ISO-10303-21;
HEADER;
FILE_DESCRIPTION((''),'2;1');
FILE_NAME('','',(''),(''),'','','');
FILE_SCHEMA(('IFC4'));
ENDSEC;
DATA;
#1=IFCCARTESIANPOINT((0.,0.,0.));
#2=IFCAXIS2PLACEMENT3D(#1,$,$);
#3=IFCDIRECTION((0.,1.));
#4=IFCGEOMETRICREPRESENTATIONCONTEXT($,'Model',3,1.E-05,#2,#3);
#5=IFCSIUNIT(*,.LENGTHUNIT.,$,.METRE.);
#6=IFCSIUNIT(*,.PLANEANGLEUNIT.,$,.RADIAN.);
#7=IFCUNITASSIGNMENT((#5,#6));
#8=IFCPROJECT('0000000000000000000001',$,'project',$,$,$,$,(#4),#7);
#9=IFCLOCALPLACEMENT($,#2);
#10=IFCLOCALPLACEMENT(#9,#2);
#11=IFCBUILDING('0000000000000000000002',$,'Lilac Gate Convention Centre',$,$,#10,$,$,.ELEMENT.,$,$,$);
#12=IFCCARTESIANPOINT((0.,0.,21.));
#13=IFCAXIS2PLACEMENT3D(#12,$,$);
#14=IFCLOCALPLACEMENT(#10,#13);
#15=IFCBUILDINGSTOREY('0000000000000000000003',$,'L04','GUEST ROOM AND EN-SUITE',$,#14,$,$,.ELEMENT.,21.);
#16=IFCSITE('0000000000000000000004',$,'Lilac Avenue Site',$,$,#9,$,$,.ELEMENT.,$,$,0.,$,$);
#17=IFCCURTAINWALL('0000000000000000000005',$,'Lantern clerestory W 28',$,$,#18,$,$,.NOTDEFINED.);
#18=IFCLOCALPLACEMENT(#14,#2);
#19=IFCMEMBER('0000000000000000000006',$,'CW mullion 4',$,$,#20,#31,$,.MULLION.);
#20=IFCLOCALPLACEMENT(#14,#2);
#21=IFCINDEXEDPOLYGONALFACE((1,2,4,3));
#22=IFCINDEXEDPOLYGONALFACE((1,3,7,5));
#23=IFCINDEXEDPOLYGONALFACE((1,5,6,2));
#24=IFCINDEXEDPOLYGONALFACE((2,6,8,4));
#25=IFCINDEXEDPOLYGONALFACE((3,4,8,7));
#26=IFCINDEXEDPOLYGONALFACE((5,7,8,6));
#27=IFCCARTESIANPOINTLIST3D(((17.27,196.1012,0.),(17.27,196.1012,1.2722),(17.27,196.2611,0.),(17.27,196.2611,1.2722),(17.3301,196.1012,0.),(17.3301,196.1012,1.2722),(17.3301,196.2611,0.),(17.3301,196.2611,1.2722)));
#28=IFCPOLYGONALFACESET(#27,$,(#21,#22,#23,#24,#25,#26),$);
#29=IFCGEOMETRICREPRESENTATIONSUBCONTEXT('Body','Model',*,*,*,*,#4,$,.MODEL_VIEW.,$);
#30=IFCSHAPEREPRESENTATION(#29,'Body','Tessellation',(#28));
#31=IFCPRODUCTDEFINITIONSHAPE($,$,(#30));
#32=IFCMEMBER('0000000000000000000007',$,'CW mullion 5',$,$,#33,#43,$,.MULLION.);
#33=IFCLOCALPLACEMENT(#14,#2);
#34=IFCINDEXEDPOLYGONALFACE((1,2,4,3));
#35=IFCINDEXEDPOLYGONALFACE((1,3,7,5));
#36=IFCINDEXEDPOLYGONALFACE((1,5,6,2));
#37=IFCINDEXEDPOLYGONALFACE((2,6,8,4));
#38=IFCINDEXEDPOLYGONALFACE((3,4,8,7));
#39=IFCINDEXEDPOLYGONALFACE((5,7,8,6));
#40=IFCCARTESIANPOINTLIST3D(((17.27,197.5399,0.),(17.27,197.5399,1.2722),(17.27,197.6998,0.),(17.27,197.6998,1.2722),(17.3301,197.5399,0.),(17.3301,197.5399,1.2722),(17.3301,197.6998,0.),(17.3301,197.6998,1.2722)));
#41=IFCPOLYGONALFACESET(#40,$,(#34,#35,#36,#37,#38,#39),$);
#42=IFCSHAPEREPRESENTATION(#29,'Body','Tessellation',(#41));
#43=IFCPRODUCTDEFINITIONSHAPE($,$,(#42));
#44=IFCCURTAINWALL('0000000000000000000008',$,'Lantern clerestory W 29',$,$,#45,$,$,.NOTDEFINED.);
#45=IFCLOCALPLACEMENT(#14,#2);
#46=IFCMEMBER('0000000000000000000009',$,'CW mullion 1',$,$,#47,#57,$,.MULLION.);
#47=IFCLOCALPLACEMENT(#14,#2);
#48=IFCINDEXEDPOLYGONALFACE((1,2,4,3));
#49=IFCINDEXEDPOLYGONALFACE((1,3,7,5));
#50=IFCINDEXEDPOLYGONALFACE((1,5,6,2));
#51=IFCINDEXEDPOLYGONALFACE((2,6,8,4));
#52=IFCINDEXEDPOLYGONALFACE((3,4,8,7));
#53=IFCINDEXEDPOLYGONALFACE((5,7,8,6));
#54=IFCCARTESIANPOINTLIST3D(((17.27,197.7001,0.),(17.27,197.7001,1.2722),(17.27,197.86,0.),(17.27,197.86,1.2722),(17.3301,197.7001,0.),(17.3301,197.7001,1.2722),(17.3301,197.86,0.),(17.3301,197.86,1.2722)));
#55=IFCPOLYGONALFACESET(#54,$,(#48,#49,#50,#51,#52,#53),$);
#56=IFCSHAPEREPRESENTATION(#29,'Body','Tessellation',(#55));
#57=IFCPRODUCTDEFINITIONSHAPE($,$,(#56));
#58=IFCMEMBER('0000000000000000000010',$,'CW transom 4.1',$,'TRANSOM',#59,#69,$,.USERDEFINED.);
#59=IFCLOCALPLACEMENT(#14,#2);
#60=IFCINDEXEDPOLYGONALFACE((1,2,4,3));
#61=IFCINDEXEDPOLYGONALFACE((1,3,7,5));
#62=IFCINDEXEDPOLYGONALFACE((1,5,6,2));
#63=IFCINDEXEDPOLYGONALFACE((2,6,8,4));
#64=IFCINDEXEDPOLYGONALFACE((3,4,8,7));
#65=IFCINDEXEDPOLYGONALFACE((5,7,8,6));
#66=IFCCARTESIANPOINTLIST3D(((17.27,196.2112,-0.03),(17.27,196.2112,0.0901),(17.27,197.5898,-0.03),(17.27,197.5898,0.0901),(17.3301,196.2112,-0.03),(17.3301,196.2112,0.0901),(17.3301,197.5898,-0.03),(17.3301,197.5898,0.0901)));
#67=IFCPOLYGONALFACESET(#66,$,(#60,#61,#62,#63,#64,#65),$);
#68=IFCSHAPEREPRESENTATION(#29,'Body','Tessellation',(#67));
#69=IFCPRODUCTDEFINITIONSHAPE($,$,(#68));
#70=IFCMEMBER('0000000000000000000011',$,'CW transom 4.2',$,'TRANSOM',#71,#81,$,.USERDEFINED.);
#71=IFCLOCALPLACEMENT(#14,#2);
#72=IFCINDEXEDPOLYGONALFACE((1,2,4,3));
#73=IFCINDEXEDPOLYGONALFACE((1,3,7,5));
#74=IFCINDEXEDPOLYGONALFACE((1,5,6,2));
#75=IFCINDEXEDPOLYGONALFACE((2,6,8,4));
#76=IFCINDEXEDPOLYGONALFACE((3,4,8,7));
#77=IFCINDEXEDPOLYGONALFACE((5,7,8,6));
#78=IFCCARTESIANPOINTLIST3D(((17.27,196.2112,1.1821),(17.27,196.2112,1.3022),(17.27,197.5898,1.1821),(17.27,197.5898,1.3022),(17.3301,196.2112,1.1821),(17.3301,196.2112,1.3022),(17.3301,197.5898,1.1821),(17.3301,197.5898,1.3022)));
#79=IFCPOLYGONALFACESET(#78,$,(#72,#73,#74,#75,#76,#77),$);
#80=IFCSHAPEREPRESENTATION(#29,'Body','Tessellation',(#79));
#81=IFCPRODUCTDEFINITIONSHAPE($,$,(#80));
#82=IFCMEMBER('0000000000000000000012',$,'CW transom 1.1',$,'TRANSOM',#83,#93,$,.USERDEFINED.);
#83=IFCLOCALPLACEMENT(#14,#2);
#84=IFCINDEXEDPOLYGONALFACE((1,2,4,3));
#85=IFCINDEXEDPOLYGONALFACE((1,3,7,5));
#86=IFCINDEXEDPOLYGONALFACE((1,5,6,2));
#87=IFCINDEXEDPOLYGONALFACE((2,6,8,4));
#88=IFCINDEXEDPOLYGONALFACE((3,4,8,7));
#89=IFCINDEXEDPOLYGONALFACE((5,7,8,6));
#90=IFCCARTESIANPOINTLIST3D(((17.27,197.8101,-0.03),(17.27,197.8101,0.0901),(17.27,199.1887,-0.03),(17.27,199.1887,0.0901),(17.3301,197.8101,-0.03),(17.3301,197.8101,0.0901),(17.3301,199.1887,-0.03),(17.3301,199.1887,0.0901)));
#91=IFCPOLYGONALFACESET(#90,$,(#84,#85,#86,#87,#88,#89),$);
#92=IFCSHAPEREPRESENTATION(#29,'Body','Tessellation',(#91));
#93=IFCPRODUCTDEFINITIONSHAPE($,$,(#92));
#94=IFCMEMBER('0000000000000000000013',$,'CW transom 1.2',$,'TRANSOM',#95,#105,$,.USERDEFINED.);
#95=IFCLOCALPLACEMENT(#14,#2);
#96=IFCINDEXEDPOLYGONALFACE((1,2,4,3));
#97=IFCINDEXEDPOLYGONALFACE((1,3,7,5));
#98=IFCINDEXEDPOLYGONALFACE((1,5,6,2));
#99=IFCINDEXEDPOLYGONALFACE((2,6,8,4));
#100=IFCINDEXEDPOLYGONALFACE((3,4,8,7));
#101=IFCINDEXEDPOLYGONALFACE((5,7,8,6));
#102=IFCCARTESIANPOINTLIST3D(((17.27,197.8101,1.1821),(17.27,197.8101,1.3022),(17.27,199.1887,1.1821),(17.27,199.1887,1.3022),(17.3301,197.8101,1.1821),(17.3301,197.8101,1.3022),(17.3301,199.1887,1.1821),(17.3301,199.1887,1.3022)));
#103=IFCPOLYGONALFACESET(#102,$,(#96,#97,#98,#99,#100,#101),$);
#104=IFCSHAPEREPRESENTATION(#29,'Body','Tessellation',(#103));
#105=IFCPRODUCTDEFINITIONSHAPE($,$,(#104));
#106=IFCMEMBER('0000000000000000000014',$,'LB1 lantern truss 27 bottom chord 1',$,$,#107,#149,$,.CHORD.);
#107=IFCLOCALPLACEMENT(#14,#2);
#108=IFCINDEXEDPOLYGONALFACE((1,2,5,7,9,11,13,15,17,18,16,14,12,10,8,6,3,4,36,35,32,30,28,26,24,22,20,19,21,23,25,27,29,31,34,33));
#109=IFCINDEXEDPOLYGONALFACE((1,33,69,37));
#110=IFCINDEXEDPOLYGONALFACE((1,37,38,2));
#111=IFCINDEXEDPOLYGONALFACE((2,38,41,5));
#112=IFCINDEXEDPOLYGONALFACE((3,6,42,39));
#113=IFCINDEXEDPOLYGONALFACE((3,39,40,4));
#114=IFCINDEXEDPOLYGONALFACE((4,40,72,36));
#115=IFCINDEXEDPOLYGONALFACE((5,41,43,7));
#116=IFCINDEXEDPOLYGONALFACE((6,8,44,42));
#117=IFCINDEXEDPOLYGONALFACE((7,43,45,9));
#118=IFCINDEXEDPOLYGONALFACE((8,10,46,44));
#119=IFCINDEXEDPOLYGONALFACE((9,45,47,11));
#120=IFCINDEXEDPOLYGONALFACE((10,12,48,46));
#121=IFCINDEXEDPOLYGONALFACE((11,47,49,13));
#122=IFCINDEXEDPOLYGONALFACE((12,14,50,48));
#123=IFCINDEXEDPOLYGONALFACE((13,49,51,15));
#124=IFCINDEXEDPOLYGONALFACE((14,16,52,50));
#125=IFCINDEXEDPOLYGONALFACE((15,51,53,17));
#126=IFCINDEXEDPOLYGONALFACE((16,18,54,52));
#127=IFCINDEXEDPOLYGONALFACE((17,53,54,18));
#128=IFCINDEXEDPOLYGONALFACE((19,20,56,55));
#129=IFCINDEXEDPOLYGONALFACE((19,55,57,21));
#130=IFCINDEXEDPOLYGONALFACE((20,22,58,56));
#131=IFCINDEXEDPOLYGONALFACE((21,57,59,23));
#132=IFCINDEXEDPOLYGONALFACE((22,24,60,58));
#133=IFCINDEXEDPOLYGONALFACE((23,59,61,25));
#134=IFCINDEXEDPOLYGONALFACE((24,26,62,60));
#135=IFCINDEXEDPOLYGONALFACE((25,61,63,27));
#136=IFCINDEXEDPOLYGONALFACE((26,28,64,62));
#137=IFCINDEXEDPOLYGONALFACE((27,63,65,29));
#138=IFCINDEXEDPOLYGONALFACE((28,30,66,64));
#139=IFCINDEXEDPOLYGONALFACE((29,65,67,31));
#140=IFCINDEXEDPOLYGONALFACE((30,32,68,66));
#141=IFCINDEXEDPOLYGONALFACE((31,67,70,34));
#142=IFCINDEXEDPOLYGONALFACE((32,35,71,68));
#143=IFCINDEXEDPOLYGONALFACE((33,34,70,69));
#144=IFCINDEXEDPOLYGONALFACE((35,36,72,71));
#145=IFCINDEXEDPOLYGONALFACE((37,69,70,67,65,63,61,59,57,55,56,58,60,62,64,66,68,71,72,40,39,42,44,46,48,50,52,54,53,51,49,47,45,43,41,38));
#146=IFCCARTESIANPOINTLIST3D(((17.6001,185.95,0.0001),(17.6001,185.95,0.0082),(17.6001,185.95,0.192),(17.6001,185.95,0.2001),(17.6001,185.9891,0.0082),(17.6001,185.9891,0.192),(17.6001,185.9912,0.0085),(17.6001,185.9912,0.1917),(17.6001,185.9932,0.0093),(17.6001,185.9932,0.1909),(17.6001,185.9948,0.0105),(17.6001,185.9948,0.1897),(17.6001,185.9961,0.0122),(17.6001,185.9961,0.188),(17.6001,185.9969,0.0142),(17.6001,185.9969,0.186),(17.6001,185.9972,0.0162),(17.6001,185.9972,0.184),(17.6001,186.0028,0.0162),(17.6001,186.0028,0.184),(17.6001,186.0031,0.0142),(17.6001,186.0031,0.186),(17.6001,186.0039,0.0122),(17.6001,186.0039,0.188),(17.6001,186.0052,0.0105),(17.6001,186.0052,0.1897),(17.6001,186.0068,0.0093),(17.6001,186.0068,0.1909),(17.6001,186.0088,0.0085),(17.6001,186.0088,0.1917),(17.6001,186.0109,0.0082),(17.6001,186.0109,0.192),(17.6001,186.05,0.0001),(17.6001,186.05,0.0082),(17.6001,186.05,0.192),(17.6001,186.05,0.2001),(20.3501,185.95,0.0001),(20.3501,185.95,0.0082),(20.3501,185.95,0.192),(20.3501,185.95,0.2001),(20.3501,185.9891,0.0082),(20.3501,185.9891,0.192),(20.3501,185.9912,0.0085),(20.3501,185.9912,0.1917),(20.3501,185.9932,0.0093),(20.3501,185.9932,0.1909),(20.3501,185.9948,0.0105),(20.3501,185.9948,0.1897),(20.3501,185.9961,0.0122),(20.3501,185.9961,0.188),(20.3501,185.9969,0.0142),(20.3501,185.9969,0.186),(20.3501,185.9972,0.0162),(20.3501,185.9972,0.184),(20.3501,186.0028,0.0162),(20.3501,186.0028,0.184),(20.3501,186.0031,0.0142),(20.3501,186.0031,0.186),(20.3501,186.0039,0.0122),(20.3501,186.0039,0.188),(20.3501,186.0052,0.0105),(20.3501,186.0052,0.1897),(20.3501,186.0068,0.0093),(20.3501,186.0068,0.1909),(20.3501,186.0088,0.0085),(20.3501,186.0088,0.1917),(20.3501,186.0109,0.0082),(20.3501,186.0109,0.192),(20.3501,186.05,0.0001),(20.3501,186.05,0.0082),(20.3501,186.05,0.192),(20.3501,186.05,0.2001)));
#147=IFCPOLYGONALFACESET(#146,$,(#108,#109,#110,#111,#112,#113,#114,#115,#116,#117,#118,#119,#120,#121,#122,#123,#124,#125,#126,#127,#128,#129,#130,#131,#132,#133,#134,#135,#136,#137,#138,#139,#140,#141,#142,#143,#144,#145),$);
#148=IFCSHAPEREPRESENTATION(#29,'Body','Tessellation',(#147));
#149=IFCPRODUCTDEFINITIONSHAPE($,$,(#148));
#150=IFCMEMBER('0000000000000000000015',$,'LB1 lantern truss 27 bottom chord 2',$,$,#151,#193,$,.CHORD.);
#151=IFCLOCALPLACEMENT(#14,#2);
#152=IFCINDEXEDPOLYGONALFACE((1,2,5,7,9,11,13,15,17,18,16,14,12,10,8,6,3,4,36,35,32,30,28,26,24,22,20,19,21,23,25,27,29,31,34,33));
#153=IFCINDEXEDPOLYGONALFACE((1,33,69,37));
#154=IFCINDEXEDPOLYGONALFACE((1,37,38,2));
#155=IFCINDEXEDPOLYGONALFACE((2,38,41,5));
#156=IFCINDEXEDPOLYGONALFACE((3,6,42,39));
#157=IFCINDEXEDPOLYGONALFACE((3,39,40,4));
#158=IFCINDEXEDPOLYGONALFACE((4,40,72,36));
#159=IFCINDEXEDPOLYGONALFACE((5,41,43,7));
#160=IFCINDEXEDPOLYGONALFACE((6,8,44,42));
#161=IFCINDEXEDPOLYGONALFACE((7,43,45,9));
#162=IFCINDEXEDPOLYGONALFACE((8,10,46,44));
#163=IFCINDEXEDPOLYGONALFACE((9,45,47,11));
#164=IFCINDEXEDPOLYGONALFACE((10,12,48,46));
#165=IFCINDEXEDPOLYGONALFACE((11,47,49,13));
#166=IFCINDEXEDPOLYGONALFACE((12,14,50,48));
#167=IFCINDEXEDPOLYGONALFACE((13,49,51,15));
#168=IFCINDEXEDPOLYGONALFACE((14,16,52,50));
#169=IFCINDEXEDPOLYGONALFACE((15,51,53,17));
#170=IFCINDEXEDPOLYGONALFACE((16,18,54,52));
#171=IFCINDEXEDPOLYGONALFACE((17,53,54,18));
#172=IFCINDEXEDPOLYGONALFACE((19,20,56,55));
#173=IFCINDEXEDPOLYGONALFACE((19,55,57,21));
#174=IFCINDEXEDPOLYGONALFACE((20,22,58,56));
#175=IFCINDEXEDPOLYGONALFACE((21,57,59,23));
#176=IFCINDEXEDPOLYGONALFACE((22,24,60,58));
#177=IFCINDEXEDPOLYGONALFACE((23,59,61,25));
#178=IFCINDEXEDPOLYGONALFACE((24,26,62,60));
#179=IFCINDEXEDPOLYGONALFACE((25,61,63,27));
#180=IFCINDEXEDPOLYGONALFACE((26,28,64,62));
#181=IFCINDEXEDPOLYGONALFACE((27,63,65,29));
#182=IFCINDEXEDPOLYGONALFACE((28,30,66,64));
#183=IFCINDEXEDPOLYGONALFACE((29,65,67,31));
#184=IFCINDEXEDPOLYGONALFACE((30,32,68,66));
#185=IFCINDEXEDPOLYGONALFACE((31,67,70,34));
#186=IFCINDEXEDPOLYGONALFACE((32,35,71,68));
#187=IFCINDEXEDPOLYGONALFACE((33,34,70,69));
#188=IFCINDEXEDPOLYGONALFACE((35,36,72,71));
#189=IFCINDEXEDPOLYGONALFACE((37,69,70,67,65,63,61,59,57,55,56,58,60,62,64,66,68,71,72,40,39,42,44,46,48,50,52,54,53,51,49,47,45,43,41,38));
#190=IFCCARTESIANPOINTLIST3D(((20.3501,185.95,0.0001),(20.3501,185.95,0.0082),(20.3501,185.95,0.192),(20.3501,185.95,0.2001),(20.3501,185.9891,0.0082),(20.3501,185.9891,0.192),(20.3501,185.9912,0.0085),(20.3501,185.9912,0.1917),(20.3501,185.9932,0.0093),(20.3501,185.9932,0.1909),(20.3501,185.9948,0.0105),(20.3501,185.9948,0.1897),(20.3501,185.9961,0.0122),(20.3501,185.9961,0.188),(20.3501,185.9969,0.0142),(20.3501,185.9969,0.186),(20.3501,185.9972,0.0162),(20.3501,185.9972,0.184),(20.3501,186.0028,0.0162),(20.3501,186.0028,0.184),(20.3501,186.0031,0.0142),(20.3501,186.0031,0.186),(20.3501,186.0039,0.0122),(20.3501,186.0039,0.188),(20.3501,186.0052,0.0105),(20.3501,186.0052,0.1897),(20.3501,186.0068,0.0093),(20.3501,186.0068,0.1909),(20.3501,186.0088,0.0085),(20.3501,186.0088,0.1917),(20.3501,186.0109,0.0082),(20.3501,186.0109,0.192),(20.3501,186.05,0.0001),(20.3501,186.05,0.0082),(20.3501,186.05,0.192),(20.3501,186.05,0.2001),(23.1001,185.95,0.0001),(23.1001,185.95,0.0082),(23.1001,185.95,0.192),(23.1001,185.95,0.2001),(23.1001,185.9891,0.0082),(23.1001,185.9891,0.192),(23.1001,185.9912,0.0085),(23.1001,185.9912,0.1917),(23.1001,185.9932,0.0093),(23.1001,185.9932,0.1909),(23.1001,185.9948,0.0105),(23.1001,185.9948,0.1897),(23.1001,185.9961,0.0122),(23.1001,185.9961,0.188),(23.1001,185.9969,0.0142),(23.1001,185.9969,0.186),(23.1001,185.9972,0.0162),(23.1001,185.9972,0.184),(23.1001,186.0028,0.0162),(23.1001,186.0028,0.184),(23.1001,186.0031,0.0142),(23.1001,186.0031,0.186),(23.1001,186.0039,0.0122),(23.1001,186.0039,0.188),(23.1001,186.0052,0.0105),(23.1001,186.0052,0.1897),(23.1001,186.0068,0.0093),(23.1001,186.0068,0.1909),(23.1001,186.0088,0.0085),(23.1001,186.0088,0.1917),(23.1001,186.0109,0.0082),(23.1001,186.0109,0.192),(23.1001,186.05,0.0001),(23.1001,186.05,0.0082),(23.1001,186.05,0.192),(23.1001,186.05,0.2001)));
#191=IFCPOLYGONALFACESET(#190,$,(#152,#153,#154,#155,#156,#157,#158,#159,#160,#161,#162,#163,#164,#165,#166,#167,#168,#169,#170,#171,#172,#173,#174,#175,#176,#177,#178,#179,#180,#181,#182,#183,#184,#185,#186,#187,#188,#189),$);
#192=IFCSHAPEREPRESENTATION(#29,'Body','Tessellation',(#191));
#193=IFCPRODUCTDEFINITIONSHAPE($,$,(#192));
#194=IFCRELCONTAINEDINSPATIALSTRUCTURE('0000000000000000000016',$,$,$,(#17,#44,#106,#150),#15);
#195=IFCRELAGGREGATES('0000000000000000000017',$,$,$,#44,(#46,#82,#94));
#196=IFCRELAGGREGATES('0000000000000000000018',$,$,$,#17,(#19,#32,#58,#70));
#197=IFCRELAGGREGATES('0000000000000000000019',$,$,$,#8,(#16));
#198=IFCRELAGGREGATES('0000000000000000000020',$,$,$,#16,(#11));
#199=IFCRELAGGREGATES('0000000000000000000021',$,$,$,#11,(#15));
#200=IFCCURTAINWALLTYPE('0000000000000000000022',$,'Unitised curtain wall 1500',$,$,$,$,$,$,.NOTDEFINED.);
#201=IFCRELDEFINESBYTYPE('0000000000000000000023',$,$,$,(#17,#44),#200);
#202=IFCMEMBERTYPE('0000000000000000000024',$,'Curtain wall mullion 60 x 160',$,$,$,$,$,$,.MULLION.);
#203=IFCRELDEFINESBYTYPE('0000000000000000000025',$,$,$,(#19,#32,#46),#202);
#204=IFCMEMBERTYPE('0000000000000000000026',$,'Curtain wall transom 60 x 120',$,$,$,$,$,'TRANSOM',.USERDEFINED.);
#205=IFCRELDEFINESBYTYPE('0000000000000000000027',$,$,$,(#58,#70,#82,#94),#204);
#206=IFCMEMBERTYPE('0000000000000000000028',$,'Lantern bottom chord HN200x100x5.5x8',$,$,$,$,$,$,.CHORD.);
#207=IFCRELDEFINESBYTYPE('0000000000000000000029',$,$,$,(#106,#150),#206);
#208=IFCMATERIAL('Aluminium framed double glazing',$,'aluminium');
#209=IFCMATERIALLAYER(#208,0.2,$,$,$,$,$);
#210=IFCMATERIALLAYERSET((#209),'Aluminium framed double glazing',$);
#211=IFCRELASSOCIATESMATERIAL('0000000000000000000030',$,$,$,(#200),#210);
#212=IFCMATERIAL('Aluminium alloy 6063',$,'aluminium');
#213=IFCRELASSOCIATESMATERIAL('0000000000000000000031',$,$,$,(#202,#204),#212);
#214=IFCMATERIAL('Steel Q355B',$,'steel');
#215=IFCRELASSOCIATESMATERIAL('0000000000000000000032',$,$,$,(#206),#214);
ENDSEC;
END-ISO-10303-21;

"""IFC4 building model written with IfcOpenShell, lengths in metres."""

from ifc_helpers import new_model, si_unit, direction, frame, origin, origin_2d, place, context, subcontext, project, spatial, rectangle, i_section, extrude, material, layer, layer_set, material_profile, profile_set, type_object, element, aggregate, save


model = new_model("IFC4")

# Units and contexts
model_context = context("Model", 3, precision=1e-05, world=origin(), true_north=direction((0.0, 1.0)))
body_context = subcontext(model_context, "Body", "Model", "MODEL_VIEW")
ifc_project = project(units=[si_unit("LENGTHUNIT", "METRE"), si_unit("PLANEANGLEUNIT", "RADIAN")], contexts=[model_context])

# Site, building, storey
site_placement = place(None, origin())
site = spatial("IfcSite", under=ifc_project, at=site_placement, Name="Lilac Avenue Site", CompositionType="ELEMENT", RefElevation=0.0)
building_placement = place(site_placement, origin())
building = spatial("IfcBuilding", under=site, at=building_placement, Name="Lilac Gate Convention Centre", CompositionType="ELEMENT")
storey_placement = place(building_placement, frame((0.0, 0.0, 21.0)))
storey = spatial("IfcBuildingStorey", under=building, at=storey_placement, Name="L04", Description="GUEST ROOM AND EN-SUITE", CompositionType="ELEMENT", Elevation=21.0)

# Curtain wall, members
ifc_material_1 = material(Name="Aluminium framed double glazing", Category="aluminium")
ifc_layer_1 = layer(ifc_material_1, 0.2)
ifc_layer_set_1 = layer_set([ifc_layer_1], Name="Aluminium framed double glazing")
curtain_wall_type = type_object("IfcCurtainWallType", Name="Unitised curtain wall 1500", PredefinedType="NOTDEFINED", material=ifc_layer_set_1)
curtain_wall_1_placement = place(storey_placement, origin())
curtain_wall_1 = element("IfcCurtainWall", 1, at=curtain_wall_1_placement, inside=storey, type_object=curtain_wall_type, Name="Lantern clerestory W 28", PredefinedType="NOTDEFINED")
ifc_material_2 = material(Name="Aluminium alloy 6063", Category="aluminium")
ifc_material_profile_1 = material_profile(ifc_material_2, rectangle(XDim=0.0601, YDim=0.1599, at=origin_2d()), Name="Curtain wall mullion 60 x 160")
ifc_profile_set_1 = profile_set([ifc_material_profile_1], Name="Aluminium alloy 6063")
member_type_1 = type_object("IfcMemberType", Name="Curtain wall mullion 60 x 160", PredefinedType="MULLION", material=ifc_profile_set_1)
member_1_placement = place(storey_placement, frame((17.3, 196.1812, 0.0), z_axis=(0.0, 0.0, 1.0), x_axis=(-1.0, 0.0, 0.0)))
member_1 = element("IfcMember", 2, at=member_1_placement, type_object=member_type_1, Name="CW mullion 4", PredefinedType="MULLION", context=body_context, shape_type="SweptSolid", body=[
    extrude(rectangle(XDim=0.0601, YDim=0.1599, at=origin_2d()), origin(), (0.0, 0.0, 1.0), 1.2722),
])
member_2_placement = place(storey_placement, frame((17.3, 197.6199, 0.0), z_axis=(0.0, 0.0, 1.0), x_axis=(-1.0, 0.0, 0.0)))
member_2 = element("IfcMember", 3, at=member_2_placement, type_object=member_type_1, Name="CW mullion 5", PredefinedType="MULLION", context=body_context, shape_type="SweptSolid", body=[
    extrude(rectangle(XDim=0.0601, YDim=0.1599, at=origin_2d()), origin(), (0.0, 0.0, 1.0), 1.2722),
])

# Curtain wall, member
curtain_wall_2_placement = place(storey_placement, origin())
curtain_wall_2 = element("IfcCurtainWall", 4, at=curtain_wall_2_placement, inside=storey, type_object=curtain_wall_type, Name="Lantern clerestory W 29", PredefinedType="NOTDEFINED")
member_3_placement = place(storey_placement, frame((17.3, 197.78, 0.0), z_axis=(0.0, 0.0, 1.0), x_axis=(-1.0, 0.0, 0.0)))
member_3 = element("IfcMember", 5, at=member_3_placement, type_object=member_type_1, Name="CW mullion 1", PredefinedType="MULLION", context=body_context, shape_type="SweptSolid", body=[
    extrude(rectangle(XDim=0.0601, YDim=0.1599, at=origin_2d()), origin(), (0.0, 0.0, 1.0), 1.2722),
])

# Members
ifc_material_profile_2 = material_profile(ifc_material_2, rectangle(XDim=0.0601, YDim=0.1201, at=origin_2d()), Name="Curtain wall transom 60 x 120")
ifc_profile_set_2 = profile_set([ifc_material_profile_2], Name="Aluminium alloy 6063")
member_type_2 = type_object("IfcMemberType", Name="Curtain wall transom 60 x 120", ElementType="TRANSOM", PredefinedType="USERDEFINED", material=ifc_profile_set_2)
member_4_placement = place(storey_placement, frame((17.3, 196.2112, 0.03), z_axis=(0.0, 1.0, 0.0), x_axis=(-1.0, 0.0, 0.0)))
member_4 = element("IfcMember", 6, at=member_4_placement, type_object=member_type_2, Name="CW transom 4.1", ObjectType="TRANSOM", PredefinedType="USERDEFINED", context=body_context, shape_type="SweptSolid", body=[
    extrude(rectangle(XDim=0.0601, YDim=0.1201, at=origin_2d()), origin(), (0.0, 0.0, 1.0), 1.3787),
])
member_5_placement = place(storey_placement, frame((17.3, 196.2112, 1.2422), z_axis=(0.0, 1.0, 0.0), x_axis=(-1.0, 0.0, 0.0)))
member_5 = element("IfcMember", 7, at=member_5_placement, type_object=member_type_2, Name="CW transom 4.2", ObjectType="TRANSOM", PredefinedType="USERDEFINED", context=body_context, shape_type="SweptSolid", body=[
    extrude(rectangle(XDim=0.0601, YDim=0.1201, at=origin_2d()), origin(), (0.0, 0.0, 1.0), 1.3787),
])
member_6_placement = place(storey_placement, frame((17.3, 197.8101, 0.03), z_axis=(0.0, 1.0, 0.0), x_axis=(-1.0, 0.0, 0.0)))
member_6 = element("IfcMember", 8, at=member_6_placement, type_object=member_type_2, Name="CW transom 1.1", ObjectType="TRANSOM", PredefinedType="USERDEFINED", context=body_context, shape_type="SweptSolid", body=[
    extrude(rectangle(XDim=0.0601, YDim=0.1201, at=origin_2d()), origin(), (0.0, 0.0, 1.0), 1.3787),
])
member_7_placement = place(storey_placement, frame((17.3, 197.8101, 1.2422), z_axis=(0.0, 1.0, 0.0), x_axis=(-1.0, 0.0, 0.0)))
member_7 = element("IfcMember", 9, at=member_7_placement, type_object=member_type_2, Name="CW transom 1.2", ObjectType="TRANSOM", PredefinedType="USERDEFINED", context=body_context, shape_type="SweptSolid", body=[
    extrude(rectangle(XDim=0.0601, YDim=0.1201, at=origin_2d()), origin(), (0.0, 0.0, 1.0), 1.3787),
])
aggregate(curtain_wall_2, [member_3, member_6, member_7])

# Members
ifc_material_3 = material(Name="Steel Q355B", Category="steel")
ifc_material_profile_3 = material_profile(ifc_material_3, i_section(OverallWidth=0.1001, OverallDepth=0.2, WebThickness=0.0056, FlangeThickness=0.0081, FilletRadius=0.0081, at=origin_2d()), Name="HN200x100x5.5x8")
ifc_profile_set_3 = profile_set([ifc_material_profile_3], Name="Steel Q355B")
member_type_3 = type_object("IfcMemberType", Name="Lantern bottom chord HN200x100x5.5x8", PredefinedType="CHORD", material=ifc_profile_set_3)
for number, where, z_axis, x_axis, name in (
    (10, (17.6001, 186.0, 0.1001), (1.0, 0.0, 0.0), (0.0, 1.0, 0.0), "LB1 lantern truss 27 bottom chord 1"),
    (11, (20.3501, 186.0, 0.1001), (1.0, 0.0, 0.0), (0.0, 1.0, 0.0), "LB1 lantern truss 27 bottom chord 2"),
):
    element("IfcMember", number, at=place(storey_placement, frame(where, z_axis=z_axis, x_axis=x_axis)), inside=storey, type_object=member_type_3, Name=name, PredefinedType="CHORD", context=body_context, shape_type="SweptSolid", body=[
        extrude(i_section(OverallWidth=0.1001, OverallDepth=0.2, WebThickness=0.0056, FlangeThickness=0.0081, FilletRadius=0.0081, at=origin_2d()), origin(), (0.0, 0.0, 1.0), 2.75),
    ])

aggregate(curtain_wall_1, [member_1, member_2, member_4, member_5])

save(model, "model.ifc")
